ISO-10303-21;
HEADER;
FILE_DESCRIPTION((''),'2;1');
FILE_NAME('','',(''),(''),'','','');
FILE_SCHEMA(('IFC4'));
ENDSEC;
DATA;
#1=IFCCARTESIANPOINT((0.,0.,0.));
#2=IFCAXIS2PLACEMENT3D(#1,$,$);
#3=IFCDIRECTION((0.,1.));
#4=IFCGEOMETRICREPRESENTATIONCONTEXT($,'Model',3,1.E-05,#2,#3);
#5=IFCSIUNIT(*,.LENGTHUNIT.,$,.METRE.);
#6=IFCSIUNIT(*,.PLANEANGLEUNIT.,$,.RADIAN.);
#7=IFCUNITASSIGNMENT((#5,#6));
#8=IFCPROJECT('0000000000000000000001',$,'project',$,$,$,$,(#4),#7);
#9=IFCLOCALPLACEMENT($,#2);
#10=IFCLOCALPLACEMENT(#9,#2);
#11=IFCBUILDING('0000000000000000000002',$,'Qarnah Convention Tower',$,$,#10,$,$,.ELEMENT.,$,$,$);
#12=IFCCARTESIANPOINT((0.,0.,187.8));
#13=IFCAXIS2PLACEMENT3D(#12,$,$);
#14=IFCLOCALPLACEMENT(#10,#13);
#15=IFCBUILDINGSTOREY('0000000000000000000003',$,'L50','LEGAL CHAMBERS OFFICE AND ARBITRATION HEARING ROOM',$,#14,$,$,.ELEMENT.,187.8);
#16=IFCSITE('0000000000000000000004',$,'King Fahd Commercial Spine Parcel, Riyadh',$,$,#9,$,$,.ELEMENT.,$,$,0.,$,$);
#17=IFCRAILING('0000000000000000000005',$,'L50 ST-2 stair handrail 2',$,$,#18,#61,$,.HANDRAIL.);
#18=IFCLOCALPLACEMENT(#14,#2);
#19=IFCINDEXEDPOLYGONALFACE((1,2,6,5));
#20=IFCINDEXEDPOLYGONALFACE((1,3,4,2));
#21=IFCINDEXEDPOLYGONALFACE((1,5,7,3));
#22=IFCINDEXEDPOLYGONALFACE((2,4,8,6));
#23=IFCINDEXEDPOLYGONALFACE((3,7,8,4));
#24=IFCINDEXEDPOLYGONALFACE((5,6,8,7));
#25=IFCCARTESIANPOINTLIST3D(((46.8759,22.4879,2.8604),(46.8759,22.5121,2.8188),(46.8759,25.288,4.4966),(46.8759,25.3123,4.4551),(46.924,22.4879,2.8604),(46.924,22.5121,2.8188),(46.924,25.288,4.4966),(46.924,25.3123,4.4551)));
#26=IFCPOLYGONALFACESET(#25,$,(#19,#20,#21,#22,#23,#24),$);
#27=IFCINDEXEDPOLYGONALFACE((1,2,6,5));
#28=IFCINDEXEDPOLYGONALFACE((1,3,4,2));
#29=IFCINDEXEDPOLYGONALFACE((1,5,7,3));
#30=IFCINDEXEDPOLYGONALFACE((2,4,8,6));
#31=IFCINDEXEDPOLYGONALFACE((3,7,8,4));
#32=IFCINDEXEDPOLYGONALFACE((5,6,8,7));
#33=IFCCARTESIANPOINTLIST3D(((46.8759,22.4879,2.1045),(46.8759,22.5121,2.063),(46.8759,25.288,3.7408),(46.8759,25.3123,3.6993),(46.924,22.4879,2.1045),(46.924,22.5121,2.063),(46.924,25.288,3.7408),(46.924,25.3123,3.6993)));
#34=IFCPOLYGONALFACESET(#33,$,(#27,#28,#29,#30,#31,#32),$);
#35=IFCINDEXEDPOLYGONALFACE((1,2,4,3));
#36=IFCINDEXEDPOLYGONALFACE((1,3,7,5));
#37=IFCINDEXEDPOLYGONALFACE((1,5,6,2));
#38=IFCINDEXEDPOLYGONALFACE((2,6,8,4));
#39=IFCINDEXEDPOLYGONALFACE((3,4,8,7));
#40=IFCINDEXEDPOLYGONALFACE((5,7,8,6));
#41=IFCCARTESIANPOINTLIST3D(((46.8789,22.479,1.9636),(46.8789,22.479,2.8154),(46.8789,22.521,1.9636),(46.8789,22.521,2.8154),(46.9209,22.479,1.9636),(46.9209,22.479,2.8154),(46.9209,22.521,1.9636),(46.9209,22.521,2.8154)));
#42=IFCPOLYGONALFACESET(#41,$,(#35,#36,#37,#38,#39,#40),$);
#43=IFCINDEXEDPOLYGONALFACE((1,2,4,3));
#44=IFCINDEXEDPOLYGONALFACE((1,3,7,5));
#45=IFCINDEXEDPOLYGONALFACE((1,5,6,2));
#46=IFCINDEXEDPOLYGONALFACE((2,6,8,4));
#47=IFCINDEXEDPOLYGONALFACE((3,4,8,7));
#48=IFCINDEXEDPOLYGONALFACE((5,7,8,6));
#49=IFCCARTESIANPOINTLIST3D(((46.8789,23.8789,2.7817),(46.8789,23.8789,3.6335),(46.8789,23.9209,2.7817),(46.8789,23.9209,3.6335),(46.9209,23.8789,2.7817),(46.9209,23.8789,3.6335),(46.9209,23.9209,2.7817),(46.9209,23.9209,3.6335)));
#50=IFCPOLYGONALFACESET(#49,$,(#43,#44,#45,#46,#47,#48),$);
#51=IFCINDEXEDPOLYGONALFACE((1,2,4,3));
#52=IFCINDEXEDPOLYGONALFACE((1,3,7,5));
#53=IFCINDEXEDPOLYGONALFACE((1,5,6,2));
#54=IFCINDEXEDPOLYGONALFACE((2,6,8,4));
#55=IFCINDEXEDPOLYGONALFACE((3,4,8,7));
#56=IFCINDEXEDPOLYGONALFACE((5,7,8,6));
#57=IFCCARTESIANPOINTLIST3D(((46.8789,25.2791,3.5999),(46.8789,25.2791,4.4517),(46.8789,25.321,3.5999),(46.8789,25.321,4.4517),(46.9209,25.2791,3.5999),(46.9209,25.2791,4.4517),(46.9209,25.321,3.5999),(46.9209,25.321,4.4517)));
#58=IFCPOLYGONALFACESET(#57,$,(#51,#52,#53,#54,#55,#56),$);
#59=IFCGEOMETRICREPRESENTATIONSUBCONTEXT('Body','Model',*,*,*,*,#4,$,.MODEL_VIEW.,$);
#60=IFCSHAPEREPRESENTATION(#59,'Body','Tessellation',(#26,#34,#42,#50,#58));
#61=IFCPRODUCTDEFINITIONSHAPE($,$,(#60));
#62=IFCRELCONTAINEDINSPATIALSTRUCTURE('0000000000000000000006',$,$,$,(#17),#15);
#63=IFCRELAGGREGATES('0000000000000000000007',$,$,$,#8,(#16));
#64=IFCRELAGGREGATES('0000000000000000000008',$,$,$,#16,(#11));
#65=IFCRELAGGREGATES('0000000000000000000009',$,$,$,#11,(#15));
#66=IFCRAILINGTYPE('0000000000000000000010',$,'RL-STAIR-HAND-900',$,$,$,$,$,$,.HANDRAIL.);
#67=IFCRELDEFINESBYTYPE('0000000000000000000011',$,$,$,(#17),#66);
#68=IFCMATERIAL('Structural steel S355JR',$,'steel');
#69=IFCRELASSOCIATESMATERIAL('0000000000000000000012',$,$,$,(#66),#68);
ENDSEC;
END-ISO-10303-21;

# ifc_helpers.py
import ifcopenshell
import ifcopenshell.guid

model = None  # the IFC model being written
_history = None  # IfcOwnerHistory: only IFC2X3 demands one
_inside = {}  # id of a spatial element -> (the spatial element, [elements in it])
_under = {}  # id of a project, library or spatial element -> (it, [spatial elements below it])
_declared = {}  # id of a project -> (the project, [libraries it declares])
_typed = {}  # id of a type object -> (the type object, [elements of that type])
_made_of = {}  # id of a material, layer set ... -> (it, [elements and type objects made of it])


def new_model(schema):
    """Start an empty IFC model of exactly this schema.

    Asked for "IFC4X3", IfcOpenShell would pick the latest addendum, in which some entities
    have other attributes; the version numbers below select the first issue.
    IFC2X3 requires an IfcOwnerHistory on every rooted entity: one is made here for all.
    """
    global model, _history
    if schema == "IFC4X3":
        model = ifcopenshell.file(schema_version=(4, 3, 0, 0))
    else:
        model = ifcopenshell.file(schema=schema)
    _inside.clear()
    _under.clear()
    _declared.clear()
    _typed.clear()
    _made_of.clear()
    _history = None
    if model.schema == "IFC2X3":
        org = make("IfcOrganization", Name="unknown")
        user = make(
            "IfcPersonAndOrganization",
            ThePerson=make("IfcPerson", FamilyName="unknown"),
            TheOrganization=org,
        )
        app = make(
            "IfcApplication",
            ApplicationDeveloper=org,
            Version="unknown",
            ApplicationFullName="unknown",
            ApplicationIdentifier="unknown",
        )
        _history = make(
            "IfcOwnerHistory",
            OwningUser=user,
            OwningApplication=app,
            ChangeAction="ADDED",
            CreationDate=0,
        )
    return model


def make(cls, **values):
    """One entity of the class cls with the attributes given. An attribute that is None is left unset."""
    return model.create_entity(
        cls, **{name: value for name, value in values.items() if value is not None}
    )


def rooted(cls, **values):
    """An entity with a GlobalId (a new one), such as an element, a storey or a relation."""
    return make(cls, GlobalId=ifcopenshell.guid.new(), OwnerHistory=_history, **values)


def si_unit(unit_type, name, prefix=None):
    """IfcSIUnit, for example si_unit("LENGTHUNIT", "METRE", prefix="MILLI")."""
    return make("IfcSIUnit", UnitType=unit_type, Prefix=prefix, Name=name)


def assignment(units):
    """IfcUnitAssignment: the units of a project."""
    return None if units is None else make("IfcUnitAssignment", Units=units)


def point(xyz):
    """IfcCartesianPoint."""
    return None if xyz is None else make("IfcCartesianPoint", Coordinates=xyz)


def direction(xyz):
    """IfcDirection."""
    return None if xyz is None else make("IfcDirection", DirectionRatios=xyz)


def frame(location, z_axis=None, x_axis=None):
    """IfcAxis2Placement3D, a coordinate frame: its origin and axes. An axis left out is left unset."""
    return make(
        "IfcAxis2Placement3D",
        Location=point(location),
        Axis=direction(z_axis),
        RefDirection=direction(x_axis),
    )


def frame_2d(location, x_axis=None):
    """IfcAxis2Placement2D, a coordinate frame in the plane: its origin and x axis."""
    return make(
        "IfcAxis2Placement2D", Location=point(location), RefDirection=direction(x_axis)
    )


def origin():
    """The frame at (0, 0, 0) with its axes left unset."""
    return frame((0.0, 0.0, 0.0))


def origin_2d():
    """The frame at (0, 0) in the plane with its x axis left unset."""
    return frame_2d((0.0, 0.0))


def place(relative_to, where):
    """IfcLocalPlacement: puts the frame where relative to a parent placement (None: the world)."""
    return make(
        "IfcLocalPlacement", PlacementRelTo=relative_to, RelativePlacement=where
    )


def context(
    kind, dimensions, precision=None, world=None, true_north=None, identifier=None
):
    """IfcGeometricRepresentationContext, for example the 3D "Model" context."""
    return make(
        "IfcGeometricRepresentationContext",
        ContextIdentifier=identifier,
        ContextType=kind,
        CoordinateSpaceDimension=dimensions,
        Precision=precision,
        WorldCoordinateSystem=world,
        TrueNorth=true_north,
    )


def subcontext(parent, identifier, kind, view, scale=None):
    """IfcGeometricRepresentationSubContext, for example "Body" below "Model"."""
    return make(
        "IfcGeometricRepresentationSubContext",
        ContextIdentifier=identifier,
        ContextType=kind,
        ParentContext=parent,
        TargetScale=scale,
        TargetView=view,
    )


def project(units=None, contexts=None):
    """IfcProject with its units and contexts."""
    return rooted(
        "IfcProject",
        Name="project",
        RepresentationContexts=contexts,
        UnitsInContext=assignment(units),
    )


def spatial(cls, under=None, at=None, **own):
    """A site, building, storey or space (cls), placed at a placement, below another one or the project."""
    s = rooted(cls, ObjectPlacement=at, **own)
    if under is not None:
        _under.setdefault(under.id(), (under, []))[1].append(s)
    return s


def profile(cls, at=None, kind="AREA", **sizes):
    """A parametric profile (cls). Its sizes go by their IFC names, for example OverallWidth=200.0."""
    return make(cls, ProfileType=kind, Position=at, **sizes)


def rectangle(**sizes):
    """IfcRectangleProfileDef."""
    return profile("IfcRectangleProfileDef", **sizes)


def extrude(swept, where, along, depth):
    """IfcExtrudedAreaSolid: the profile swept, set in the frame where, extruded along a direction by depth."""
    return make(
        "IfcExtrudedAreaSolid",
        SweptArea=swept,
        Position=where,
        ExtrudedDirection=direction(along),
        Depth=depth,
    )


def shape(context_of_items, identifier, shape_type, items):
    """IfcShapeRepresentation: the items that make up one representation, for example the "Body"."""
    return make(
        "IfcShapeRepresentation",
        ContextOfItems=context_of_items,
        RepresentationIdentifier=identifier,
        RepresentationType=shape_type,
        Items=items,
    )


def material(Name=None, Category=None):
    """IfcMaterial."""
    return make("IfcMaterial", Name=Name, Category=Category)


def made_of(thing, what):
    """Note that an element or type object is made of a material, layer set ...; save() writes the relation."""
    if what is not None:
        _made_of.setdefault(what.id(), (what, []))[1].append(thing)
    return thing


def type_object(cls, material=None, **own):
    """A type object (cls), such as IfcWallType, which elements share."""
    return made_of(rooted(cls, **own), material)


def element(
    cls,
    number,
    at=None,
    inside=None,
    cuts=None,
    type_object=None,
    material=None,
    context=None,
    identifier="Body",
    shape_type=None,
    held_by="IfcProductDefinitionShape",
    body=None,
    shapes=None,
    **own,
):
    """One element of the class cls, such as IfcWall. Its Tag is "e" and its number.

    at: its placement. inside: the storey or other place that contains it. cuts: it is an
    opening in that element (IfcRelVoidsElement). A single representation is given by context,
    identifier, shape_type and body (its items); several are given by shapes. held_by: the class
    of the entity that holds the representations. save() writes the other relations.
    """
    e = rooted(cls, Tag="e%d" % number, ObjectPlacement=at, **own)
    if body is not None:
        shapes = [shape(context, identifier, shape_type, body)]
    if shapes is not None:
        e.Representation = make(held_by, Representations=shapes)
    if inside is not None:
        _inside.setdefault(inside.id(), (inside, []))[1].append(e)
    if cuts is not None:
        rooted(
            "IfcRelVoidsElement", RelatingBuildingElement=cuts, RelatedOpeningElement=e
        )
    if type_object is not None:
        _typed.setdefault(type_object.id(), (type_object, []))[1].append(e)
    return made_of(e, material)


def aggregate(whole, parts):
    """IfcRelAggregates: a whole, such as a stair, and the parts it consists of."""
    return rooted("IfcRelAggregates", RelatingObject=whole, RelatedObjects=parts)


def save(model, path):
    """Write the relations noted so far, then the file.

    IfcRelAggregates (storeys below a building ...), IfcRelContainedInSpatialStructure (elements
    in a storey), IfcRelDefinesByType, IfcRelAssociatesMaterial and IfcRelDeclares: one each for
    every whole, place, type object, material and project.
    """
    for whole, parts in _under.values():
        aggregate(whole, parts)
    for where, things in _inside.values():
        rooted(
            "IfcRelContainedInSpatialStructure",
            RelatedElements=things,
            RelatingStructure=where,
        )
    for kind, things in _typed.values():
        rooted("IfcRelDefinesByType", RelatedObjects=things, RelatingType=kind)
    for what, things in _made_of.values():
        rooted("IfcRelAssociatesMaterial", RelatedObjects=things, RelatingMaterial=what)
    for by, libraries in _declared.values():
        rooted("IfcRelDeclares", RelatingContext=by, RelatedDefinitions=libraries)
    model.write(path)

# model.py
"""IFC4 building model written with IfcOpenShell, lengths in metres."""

from ifc_helpers import new_model, si_unit, direction, frame, origin, origin_2d, place, context, subcontext, project, spatial, rectangle, extrude, material, type_object, element, save


model = new_model("IFC4")

# Units and contexts
model_context = context("Model", 3, precision=1e-05, world=origin(), true_north=direction((0.0, 1.0)))
body_context = subcontext(model_context, "Body", "Model", "MODEL_VIEW")
ifc_project = project(units=[si_unit("LENGTHUNIT", "METRE"), si_unit("PLANEANGLEUNIT", "RADIAN")], contexts=[model_context])

# Site, building, storey
site_placement = place(None, origin())
site = spatial("IfcSite", under=ifc_project, at=site_placement, Name="King Fahd Commercial Spine Parcel, Riyadh", CompositionType="ELEMENT", RefElevation=0.0)
building_placement = place(site_placement, origin())
building = spatial("IfcBuilding", under=site, at=building_placement, Name="Qarnah Convention Tower", CompositionType="ELEMENT")
storey_placement = place(building_placement, frame((0.0, 0.0, 187.8)))
storey = spatial("IfcBuildingStorey", under=building, at=storey_placement, Name="L50", Description="LEGAL CHAMBERS OFFICE AND ARBITRATION HEARING ROOM", CompositionType="ELEMENT", Elevation=187.8)

# Shared definitions
ifc_material_1 = material(Name="Structural steel S355JR", Category="steel")

# Railing
railing_type_1 = type_object("IfcRailingType", Name="RL-STAIR-HAND-900", PredefinedType="HANDRAIL", material=ifc_material_1)
railing_1_placement = place(storey_placement, frame((46.8999, 22.5, 1.9636)))
element("IfcRailing", 1, at=railing_1_placement, inside=storey, type_object=railing_type_1, Name="L50 ST-2 stair handrail 2", PredefinedType="HANDRAIL", context=body_context, shape_type="SweptSolid", body=[
    extrude(rectangle(XDim=0.0481, YDim=0.0481, at=origin_2d()), frame((0.0, 0.0, 0.876), z_axis=(0.0, 0.863394, 0.504531), x_axis=(-1.0, 0.0, 0.0)), (0.0, 0.0, 1.0), 3.2432),
    extrude(rectangle(XDim=0.0481, YDim=0.0481, at=origin_2d()), frame((0.0, 0.0, 0.1201), z_axis=(0.0, 0.863394, 0.504531), x_axis=(-1.0, 0.0, 0.0)), (0.0, 0.0, 1.0), 3.2432),
    extrude(rectangle(XDim=0.042, YDim=0.042, at=origin_2d()), origin(), (0.0, 0.0, 1.0), 0.8518),
    extrude(rectangle(XDim=0.042, YDim=0.042, at=origin_2d()), frame((0.0, 1.3999, 0.8181)), (0.0, 0.0, 1.0), 0.8518),
    extrude(rectangle(XDim=0.042, YDim=0.042, at=origin_2d()), frame((0.0, 2.8, 1.6362)), (0.0, 0.0, 1.0), 0.8518),
])

save(model, "model.ifc")
